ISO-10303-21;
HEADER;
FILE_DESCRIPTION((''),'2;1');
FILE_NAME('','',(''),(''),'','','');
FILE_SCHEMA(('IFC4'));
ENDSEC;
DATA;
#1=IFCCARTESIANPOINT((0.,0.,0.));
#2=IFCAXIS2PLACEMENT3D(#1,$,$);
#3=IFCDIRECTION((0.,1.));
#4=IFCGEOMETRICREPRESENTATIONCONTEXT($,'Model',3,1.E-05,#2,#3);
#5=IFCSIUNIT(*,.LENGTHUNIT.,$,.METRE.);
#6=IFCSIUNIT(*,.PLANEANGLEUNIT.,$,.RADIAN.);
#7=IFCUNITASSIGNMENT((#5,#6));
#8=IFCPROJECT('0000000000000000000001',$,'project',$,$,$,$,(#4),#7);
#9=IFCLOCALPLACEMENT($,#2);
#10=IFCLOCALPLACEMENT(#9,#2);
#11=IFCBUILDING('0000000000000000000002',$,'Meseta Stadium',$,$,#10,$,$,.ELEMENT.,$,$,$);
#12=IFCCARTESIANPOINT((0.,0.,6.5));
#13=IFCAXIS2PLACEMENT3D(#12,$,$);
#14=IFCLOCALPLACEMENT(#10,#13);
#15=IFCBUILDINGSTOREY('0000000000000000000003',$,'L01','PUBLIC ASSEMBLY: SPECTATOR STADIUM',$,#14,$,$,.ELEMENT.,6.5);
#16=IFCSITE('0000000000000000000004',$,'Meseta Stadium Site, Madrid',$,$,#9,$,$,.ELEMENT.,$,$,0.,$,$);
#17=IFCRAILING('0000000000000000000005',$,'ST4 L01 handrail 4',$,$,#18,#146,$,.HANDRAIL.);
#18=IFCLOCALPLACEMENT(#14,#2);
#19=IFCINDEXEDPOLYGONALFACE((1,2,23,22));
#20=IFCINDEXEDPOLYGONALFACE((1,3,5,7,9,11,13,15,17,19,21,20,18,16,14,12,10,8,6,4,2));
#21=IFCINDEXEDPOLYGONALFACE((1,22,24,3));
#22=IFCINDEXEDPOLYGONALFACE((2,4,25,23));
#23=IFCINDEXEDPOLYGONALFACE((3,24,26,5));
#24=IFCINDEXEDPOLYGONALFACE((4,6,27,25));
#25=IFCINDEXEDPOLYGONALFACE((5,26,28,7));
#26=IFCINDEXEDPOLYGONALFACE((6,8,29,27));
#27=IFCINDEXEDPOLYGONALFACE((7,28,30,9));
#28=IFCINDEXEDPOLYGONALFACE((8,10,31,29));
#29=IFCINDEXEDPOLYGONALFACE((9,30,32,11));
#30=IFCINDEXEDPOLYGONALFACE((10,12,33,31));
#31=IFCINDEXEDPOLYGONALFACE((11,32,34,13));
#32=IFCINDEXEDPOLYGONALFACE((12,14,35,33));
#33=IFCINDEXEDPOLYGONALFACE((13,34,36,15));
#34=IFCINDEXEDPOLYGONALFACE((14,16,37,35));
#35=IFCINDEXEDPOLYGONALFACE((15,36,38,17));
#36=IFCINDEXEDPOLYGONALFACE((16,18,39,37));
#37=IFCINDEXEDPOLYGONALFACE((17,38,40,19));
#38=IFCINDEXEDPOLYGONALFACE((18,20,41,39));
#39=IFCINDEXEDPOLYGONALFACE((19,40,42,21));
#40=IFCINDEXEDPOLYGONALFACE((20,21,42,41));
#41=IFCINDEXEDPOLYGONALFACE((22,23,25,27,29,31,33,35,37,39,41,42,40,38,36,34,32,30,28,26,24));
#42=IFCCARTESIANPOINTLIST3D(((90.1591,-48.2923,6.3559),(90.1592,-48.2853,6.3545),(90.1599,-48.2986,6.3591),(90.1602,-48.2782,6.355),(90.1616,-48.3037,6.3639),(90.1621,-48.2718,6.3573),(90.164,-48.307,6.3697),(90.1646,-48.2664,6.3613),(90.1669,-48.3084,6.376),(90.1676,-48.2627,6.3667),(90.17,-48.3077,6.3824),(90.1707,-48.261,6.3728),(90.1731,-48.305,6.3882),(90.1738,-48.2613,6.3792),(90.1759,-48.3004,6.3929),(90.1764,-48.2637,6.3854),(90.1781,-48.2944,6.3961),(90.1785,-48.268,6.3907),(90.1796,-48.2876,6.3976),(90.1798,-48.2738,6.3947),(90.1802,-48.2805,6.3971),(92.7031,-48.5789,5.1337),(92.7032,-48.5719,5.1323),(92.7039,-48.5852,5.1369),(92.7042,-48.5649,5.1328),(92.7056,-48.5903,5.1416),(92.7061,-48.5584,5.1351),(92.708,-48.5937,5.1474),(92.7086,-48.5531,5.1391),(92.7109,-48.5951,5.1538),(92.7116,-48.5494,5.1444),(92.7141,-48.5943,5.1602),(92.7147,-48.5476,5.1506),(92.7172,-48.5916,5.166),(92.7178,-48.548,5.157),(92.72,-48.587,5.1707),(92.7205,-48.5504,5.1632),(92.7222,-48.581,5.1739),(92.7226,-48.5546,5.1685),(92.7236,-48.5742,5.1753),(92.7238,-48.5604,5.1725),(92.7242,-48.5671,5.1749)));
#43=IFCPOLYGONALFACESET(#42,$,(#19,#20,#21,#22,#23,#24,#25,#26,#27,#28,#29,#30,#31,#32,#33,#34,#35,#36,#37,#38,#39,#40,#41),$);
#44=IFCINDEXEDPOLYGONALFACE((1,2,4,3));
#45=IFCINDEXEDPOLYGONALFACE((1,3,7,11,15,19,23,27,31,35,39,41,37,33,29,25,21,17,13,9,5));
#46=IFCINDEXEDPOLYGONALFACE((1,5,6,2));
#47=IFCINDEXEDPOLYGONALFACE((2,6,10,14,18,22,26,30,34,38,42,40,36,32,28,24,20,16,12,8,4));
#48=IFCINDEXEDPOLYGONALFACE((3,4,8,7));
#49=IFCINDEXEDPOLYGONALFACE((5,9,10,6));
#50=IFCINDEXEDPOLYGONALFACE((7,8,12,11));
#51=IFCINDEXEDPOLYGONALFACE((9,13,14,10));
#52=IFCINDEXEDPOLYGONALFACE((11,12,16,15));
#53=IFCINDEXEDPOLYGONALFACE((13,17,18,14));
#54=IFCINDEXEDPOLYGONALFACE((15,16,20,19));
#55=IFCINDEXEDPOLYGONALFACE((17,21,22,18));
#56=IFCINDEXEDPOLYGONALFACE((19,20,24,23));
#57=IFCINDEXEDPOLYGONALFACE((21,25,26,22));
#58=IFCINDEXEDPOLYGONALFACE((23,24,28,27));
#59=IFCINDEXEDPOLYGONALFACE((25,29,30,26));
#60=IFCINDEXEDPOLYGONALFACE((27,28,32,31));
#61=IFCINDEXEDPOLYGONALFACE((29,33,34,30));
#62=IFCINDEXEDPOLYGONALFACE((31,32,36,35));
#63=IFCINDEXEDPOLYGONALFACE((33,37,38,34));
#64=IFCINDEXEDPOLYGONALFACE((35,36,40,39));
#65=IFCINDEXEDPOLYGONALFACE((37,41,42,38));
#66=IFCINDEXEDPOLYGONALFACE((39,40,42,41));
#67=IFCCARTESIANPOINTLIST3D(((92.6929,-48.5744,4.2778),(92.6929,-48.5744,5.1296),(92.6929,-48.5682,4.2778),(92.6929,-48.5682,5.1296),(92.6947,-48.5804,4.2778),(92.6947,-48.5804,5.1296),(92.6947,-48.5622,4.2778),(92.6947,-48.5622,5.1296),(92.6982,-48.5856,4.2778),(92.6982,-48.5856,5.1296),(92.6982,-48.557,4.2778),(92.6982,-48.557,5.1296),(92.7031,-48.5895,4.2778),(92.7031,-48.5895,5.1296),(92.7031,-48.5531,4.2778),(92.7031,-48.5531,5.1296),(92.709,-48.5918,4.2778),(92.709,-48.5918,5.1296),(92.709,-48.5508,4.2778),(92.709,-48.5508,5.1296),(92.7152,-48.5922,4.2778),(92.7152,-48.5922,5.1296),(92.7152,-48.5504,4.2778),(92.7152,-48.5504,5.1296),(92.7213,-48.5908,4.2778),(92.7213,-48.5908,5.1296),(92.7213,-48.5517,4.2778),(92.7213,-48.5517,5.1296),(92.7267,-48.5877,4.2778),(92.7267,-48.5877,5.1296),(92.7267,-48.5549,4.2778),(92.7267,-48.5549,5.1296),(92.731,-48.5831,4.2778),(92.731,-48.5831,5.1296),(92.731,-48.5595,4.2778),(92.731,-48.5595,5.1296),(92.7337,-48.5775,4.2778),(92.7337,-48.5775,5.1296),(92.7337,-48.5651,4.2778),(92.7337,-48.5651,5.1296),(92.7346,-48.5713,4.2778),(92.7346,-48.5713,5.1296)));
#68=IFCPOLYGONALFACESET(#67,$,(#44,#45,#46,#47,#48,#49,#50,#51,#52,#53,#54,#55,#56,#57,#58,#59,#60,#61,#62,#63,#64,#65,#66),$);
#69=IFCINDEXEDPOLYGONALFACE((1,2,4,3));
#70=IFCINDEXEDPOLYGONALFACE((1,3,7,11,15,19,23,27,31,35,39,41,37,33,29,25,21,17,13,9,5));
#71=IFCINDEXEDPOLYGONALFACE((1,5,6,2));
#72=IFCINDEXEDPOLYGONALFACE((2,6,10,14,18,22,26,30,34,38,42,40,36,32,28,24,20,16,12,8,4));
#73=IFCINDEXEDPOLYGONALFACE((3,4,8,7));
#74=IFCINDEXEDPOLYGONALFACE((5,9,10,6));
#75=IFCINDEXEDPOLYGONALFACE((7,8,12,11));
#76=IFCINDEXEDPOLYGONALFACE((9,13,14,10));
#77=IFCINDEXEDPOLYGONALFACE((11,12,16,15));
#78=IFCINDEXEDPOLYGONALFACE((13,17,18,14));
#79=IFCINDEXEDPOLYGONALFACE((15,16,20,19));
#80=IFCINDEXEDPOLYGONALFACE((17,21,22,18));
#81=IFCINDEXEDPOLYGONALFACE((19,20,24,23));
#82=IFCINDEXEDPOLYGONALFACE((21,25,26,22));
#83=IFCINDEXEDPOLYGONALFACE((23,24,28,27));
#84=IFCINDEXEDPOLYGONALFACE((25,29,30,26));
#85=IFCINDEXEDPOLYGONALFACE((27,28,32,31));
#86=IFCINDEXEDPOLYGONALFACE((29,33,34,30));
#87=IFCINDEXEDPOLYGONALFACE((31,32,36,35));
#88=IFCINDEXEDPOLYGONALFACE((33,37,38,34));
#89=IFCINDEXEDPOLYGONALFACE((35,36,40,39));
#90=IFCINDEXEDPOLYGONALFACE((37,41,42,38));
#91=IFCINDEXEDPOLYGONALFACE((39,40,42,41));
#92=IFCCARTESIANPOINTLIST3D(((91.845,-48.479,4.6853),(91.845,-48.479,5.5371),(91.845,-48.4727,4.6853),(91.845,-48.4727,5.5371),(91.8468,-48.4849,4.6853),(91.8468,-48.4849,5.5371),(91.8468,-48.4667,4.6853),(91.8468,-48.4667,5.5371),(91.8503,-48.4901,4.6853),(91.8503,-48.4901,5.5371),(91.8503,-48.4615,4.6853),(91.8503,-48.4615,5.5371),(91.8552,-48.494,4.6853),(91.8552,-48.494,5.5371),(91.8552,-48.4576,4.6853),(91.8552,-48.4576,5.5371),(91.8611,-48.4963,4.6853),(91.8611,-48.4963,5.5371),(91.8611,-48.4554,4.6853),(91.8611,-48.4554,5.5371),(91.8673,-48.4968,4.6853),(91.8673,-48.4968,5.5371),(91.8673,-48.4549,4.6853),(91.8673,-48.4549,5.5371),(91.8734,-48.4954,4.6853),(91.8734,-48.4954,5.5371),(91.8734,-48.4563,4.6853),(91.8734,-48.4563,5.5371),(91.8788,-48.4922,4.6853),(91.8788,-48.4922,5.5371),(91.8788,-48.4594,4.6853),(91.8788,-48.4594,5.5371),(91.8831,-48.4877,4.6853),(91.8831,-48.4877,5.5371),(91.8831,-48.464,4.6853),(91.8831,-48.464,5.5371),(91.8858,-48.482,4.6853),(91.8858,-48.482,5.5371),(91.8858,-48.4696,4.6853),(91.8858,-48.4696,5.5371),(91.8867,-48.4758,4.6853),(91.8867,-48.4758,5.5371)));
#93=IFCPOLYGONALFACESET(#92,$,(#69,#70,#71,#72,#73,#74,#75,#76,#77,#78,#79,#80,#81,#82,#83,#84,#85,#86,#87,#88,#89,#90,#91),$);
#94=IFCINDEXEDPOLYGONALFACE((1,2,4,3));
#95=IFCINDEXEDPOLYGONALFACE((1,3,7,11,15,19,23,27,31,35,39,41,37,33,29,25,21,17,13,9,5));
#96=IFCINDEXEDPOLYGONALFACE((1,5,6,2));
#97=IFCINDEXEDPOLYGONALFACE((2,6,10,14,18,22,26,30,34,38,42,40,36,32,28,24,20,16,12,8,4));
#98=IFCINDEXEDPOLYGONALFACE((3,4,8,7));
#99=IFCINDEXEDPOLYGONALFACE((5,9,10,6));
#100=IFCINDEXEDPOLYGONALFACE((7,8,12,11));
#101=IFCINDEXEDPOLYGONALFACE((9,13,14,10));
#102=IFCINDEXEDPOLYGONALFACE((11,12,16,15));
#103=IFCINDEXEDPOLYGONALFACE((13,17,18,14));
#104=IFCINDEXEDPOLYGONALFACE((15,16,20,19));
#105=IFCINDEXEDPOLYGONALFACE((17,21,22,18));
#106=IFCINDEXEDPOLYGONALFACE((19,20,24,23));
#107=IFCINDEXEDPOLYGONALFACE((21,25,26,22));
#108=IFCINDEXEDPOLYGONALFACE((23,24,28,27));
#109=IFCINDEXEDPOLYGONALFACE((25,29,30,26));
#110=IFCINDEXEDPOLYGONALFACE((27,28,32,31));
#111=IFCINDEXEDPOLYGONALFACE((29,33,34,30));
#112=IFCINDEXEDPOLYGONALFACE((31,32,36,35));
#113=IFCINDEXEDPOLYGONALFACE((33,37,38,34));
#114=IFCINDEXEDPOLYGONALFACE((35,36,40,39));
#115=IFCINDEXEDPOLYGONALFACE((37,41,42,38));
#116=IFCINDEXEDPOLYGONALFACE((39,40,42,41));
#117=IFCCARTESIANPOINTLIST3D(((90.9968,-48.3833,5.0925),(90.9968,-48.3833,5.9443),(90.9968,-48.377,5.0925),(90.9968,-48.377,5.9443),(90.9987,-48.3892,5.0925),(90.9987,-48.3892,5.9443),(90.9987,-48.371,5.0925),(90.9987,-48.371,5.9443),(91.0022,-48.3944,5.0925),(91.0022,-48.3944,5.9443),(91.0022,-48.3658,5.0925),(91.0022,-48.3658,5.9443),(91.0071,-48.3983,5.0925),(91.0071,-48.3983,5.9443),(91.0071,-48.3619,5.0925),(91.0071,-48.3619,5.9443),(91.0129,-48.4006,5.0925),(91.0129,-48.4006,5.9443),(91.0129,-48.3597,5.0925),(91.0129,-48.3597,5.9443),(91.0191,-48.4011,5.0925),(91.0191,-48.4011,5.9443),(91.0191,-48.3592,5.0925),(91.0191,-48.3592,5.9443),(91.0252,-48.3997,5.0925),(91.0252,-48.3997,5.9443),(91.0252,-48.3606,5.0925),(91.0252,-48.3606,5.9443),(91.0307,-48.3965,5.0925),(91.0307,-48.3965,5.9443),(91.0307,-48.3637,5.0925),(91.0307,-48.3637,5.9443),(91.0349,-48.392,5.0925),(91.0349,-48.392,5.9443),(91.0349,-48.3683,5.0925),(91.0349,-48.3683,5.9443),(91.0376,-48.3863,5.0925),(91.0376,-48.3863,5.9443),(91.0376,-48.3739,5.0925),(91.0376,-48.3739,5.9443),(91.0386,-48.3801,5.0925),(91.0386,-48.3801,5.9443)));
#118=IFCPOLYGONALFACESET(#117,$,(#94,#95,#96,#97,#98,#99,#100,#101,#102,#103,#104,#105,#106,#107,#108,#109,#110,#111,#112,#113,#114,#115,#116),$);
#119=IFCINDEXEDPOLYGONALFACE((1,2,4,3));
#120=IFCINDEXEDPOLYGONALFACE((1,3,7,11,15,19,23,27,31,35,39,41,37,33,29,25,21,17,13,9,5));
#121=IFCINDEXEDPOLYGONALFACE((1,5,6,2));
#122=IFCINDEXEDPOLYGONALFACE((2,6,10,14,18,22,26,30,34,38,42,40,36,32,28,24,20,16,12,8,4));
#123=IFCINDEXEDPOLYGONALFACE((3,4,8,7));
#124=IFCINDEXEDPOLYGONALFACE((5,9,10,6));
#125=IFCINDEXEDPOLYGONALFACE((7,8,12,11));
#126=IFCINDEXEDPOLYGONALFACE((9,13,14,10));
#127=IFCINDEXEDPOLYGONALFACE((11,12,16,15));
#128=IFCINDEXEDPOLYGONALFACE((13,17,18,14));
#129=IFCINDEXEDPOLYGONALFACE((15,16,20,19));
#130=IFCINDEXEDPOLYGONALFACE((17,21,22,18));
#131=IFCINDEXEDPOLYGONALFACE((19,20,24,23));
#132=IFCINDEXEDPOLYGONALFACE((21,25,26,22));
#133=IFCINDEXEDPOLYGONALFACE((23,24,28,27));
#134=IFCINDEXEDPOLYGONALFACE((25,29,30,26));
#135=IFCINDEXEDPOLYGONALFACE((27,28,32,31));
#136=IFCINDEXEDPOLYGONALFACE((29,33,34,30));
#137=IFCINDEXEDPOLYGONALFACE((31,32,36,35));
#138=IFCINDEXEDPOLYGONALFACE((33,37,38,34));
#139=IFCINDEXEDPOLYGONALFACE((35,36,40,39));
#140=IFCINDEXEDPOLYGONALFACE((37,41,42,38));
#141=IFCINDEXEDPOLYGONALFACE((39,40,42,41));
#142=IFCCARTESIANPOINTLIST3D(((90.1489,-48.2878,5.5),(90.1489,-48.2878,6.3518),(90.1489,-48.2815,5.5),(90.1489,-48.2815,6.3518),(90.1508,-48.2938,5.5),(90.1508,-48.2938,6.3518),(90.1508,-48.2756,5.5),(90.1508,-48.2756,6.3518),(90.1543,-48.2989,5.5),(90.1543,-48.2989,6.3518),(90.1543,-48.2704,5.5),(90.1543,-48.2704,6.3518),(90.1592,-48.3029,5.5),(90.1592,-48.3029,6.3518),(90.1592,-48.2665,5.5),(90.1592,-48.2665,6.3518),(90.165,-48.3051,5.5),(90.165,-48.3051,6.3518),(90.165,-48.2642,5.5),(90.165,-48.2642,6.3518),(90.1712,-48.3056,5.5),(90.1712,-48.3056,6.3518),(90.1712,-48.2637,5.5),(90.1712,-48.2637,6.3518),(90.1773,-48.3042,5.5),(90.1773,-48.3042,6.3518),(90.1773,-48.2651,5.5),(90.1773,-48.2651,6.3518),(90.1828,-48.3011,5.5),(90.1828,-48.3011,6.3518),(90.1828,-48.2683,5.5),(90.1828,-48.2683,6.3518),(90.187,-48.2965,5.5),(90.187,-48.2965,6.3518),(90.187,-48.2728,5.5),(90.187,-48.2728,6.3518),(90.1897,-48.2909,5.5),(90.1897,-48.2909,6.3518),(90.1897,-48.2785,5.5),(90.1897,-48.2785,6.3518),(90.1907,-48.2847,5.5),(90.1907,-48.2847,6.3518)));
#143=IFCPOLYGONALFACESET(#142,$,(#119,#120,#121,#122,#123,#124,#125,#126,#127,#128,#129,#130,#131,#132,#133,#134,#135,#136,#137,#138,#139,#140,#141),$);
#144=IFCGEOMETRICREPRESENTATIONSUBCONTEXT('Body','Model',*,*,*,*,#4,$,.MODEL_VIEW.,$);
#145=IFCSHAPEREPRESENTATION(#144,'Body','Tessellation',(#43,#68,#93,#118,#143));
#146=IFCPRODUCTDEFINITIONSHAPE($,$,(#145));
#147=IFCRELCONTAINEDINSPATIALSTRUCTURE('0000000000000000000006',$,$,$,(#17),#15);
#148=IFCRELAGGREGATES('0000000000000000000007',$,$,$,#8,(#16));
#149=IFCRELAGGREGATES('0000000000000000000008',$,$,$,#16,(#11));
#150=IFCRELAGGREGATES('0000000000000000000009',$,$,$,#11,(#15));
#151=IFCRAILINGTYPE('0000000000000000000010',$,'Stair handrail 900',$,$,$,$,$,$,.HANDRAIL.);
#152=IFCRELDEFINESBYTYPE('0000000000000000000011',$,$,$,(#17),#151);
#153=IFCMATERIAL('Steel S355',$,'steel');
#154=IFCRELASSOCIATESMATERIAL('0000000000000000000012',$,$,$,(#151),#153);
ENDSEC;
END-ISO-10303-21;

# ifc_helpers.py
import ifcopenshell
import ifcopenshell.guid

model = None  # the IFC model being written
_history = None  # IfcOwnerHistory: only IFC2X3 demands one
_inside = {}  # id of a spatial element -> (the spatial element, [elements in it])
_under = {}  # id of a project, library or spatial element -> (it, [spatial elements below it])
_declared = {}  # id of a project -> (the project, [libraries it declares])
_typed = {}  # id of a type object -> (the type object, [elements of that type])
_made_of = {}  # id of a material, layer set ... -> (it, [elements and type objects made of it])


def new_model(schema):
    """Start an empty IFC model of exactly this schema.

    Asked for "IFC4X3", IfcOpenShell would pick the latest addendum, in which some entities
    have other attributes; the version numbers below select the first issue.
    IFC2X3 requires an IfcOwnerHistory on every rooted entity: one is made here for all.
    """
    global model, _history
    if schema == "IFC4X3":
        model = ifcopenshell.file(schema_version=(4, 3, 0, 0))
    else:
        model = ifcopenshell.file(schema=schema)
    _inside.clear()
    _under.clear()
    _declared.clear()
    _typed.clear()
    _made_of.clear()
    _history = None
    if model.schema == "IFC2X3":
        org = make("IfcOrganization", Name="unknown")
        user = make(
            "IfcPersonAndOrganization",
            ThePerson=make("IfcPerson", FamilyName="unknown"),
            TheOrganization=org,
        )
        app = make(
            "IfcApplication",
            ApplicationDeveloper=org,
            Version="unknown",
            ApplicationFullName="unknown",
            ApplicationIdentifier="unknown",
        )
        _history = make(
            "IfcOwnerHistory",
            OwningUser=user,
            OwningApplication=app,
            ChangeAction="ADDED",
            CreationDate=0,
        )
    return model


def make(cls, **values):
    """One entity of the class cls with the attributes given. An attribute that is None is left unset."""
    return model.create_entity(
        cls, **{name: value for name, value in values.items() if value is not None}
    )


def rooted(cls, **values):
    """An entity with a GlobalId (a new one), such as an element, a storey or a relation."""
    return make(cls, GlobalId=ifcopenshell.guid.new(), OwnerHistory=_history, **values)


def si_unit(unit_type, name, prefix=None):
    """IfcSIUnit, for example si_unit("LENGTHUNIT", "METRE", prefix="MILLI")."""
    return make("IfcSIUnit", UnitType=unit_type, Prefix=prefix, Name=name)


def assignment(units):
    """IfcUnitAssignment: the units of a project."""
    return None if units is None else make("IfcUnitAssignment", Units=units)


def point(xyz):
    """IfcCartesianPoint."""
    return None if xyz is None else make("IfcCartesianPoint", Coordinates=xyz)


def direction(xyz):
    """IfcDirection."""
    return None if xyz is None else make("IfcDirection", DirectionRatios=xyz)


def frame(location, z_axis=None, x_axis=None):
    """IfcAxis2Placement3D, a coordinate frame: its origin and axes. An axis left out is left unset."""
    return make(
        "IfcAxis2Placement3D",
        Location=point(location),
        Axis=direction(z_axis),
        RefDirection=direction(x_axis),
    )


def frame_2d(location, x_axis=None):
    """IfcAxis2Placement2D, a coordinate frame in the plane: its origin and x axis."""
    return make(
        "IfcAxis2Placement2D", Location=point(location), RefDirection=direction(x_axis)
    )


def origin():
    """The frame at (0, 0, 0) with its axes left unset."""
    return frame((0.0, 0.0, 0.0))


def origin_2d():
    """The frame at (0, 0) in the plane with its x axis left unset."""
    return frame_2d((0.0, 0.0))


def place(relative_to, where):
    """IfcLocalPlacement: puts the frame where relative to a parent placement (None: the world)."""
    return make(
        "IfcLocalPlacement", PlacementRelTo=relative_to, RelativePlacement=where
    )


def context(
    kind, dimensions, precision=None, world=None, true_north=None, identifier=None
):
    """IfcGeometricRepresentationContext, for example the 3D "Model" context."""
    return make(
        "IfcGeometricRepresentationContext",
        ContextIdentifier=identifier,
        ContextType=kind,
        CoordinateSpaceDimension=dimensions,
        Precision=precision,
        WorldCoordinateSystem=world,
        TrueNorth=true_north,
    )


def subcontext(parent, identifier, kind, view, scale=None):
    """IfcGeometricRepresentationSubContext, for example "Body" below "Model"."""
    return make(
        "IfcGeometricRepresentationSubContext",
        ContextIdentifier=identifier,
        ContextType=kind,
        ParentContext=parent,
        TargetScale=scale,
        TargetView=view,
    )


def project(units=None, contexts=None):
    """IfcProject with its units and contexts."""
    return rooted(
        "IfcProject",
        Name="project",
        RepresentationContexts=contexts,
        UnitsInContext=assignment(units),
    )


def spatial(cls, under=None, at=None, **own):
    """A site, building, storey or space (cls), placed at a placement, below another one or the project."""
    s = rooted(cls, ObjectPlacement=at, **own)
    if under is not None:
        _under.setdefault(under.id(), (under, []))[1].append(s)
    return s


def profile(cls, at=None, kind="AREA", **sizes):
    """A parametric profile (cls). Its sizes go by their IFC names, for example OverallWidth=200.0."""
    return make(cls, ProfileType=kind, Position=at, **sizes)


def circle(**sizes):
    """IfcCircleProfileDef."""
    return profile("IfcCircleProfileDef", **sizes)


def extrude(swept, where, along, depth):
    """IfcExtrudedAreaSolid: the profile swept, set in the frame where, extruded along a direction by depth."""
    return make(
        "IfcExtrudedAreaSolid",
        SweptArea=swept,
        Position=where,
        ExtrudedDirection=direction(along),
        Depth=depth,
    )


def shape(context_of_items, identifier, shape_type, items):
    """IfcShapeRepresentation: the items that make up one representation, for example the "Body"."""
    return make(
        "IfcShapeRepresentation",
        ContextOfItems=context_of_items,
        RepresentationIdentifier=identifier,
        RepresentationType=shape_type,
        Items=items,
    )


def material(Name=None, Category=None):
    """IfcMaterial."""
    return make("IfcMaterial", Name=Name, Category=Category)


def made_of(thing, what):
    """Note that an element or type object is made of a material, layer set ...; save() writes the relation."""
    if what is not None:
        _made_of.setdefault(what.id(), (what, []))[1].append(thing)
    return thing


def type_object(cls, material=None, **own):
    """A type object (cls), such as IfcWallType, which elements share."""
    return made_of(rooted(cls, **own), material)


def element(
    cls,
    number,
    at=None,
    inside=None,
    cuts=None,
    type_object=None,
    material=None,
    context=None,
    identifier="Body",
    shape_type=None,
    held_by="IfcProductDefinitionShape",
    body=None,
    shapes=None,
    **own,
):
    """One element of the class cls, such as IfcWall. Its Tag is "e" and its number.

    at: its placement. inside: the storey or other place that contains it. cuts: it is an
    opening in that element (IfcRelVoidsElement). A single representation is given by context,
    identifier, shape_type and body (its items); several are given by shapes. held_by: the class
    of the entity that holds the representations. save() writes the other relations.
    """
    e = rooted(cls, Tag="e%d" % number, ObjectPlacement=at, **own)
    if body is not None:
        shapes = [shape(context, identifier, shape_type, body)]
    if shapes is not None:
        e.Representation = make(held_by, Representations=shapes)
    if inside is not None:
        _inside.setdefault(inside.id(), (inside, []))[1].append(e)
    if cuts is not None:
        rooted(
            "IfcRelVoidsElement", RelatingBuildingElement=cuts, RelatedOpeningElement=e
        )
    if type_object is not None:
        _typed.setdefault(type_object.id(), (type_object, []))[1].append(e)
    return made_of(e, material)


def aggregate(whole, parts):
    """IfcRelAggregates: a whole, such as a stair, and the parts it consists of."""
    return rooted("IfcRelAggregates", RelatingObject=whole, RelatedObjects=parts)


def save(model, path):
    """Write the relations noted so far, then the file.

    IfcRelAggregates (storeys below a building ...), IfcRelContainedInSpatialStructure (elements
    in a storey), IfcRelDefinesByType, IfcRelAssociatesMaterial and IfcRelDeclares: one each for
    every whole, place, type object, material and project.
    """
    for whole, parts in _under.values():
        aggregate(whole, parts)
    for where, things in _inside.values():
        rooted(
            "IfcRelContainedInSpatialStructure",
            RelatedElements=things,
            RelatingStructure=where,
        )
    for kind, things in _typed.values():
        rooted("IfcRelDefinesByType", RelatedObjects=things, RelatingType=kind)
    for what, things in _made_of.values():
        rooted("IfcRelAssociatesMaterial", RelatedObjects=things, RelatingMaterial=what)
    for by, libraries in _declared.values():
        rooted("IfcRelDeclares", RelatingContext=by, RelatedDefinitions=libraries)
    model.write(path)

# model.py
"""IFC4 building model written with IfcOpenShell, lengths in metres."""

from ifc_helpers import new_model, si_unit, direction, frame, origin, origin_2d, place, context, subcontext, project, spatial, circle, extrude, material, type_object, element, save


model = new_model("IFC4")

# Units and contexts
model_context = context("Model", 3, precision=1e-05, world=origin(), true_north=direction((0.0, 1.0)))
body_context = subcontext(model_context, "Body", "Model", "MODEL_VIEW")
ifc_project = project(units=[si_unit("LENGTHUNIT", "METRE"), si_unit("PLANEANGLEUNIT", "RADIAN")], contexts=[model_context])

# Site, building, storey
site_placement = place(None, origin())
site = spatial("IfcSite", under=ifc_project, at=site_placement, Name="Meseta Stadium Site, Madrid", CompositionType="ELEMENT", RefElevation=0.0)
building_placement = place(site_placement, origin())
building = spatial("IfcBuilding", under=site, at=building_placement, Name="Meseta Stadium", CompositionType="ELEMENT")
storey_placement = place(building_placement, frame((0.0, 0.0, 6.5)))
storey = spatial("IfcBuildingStorey", under=building, at=storey_placement, Name="L01", Description="PUBLIC ASSEMBLY: SPECTATOR STADIUM", CompositionType="ELEMENT", Elevation=6.5)

# Railing
ifc_material_1 = material(Name="Steel S355", Category="steel")
railing_type_1 = type_object("IfcRailingType", Name="Stair handrail 900", PredefinedType="HANDRAIL", material=ifc_material_1)
for number, where, name in (
    (1, (92.7136, -48.5713, 4.2778), "ST4 L01 handrail 4"),
):
    element("IfcRailing", number, at=place(storey_placement, frame(where)), inside=storey, type_object=railing_type_1, Name=name, PredefinedType="HANDRAIL", context=body_context, shape_type="SweptSolid", body=[
        extrude(circle(Radius=0.0239, at=origin_2d()), frame((0.0, 0.0, 0.876), z_axis=(-0.896762, 0.101036, 0.430824), x_axis=(-0.11196, -0.993713, 0.0)), (0.0, 0.0, 1.0), 2.8369),
        extrude(circle(Radius=0.021, at=origin_2d()), origin(), (0.0, 0.0, 1.0), 0.8518),
        extrude(circle(Radius=0.021, at=origin_2d()), frame((-0.8479, 0.0955, 0.4075)), (0.0, 0.0, 1.0), 0.8518),
        extrude(circle(Radius=0.021, at=origin_2d()), frame((-1.696, 0.1912, 0.8147)), (0.0, 0.0, 1.0), 0.8518),
        extrude(circle(Radius=0.021, at=origin_2d()), frame((-2.5439, 0.2866, 1.2222)), (0.0, 0.0, 1.0), 0.8518),
    ])

save(model, "model.ifc")
